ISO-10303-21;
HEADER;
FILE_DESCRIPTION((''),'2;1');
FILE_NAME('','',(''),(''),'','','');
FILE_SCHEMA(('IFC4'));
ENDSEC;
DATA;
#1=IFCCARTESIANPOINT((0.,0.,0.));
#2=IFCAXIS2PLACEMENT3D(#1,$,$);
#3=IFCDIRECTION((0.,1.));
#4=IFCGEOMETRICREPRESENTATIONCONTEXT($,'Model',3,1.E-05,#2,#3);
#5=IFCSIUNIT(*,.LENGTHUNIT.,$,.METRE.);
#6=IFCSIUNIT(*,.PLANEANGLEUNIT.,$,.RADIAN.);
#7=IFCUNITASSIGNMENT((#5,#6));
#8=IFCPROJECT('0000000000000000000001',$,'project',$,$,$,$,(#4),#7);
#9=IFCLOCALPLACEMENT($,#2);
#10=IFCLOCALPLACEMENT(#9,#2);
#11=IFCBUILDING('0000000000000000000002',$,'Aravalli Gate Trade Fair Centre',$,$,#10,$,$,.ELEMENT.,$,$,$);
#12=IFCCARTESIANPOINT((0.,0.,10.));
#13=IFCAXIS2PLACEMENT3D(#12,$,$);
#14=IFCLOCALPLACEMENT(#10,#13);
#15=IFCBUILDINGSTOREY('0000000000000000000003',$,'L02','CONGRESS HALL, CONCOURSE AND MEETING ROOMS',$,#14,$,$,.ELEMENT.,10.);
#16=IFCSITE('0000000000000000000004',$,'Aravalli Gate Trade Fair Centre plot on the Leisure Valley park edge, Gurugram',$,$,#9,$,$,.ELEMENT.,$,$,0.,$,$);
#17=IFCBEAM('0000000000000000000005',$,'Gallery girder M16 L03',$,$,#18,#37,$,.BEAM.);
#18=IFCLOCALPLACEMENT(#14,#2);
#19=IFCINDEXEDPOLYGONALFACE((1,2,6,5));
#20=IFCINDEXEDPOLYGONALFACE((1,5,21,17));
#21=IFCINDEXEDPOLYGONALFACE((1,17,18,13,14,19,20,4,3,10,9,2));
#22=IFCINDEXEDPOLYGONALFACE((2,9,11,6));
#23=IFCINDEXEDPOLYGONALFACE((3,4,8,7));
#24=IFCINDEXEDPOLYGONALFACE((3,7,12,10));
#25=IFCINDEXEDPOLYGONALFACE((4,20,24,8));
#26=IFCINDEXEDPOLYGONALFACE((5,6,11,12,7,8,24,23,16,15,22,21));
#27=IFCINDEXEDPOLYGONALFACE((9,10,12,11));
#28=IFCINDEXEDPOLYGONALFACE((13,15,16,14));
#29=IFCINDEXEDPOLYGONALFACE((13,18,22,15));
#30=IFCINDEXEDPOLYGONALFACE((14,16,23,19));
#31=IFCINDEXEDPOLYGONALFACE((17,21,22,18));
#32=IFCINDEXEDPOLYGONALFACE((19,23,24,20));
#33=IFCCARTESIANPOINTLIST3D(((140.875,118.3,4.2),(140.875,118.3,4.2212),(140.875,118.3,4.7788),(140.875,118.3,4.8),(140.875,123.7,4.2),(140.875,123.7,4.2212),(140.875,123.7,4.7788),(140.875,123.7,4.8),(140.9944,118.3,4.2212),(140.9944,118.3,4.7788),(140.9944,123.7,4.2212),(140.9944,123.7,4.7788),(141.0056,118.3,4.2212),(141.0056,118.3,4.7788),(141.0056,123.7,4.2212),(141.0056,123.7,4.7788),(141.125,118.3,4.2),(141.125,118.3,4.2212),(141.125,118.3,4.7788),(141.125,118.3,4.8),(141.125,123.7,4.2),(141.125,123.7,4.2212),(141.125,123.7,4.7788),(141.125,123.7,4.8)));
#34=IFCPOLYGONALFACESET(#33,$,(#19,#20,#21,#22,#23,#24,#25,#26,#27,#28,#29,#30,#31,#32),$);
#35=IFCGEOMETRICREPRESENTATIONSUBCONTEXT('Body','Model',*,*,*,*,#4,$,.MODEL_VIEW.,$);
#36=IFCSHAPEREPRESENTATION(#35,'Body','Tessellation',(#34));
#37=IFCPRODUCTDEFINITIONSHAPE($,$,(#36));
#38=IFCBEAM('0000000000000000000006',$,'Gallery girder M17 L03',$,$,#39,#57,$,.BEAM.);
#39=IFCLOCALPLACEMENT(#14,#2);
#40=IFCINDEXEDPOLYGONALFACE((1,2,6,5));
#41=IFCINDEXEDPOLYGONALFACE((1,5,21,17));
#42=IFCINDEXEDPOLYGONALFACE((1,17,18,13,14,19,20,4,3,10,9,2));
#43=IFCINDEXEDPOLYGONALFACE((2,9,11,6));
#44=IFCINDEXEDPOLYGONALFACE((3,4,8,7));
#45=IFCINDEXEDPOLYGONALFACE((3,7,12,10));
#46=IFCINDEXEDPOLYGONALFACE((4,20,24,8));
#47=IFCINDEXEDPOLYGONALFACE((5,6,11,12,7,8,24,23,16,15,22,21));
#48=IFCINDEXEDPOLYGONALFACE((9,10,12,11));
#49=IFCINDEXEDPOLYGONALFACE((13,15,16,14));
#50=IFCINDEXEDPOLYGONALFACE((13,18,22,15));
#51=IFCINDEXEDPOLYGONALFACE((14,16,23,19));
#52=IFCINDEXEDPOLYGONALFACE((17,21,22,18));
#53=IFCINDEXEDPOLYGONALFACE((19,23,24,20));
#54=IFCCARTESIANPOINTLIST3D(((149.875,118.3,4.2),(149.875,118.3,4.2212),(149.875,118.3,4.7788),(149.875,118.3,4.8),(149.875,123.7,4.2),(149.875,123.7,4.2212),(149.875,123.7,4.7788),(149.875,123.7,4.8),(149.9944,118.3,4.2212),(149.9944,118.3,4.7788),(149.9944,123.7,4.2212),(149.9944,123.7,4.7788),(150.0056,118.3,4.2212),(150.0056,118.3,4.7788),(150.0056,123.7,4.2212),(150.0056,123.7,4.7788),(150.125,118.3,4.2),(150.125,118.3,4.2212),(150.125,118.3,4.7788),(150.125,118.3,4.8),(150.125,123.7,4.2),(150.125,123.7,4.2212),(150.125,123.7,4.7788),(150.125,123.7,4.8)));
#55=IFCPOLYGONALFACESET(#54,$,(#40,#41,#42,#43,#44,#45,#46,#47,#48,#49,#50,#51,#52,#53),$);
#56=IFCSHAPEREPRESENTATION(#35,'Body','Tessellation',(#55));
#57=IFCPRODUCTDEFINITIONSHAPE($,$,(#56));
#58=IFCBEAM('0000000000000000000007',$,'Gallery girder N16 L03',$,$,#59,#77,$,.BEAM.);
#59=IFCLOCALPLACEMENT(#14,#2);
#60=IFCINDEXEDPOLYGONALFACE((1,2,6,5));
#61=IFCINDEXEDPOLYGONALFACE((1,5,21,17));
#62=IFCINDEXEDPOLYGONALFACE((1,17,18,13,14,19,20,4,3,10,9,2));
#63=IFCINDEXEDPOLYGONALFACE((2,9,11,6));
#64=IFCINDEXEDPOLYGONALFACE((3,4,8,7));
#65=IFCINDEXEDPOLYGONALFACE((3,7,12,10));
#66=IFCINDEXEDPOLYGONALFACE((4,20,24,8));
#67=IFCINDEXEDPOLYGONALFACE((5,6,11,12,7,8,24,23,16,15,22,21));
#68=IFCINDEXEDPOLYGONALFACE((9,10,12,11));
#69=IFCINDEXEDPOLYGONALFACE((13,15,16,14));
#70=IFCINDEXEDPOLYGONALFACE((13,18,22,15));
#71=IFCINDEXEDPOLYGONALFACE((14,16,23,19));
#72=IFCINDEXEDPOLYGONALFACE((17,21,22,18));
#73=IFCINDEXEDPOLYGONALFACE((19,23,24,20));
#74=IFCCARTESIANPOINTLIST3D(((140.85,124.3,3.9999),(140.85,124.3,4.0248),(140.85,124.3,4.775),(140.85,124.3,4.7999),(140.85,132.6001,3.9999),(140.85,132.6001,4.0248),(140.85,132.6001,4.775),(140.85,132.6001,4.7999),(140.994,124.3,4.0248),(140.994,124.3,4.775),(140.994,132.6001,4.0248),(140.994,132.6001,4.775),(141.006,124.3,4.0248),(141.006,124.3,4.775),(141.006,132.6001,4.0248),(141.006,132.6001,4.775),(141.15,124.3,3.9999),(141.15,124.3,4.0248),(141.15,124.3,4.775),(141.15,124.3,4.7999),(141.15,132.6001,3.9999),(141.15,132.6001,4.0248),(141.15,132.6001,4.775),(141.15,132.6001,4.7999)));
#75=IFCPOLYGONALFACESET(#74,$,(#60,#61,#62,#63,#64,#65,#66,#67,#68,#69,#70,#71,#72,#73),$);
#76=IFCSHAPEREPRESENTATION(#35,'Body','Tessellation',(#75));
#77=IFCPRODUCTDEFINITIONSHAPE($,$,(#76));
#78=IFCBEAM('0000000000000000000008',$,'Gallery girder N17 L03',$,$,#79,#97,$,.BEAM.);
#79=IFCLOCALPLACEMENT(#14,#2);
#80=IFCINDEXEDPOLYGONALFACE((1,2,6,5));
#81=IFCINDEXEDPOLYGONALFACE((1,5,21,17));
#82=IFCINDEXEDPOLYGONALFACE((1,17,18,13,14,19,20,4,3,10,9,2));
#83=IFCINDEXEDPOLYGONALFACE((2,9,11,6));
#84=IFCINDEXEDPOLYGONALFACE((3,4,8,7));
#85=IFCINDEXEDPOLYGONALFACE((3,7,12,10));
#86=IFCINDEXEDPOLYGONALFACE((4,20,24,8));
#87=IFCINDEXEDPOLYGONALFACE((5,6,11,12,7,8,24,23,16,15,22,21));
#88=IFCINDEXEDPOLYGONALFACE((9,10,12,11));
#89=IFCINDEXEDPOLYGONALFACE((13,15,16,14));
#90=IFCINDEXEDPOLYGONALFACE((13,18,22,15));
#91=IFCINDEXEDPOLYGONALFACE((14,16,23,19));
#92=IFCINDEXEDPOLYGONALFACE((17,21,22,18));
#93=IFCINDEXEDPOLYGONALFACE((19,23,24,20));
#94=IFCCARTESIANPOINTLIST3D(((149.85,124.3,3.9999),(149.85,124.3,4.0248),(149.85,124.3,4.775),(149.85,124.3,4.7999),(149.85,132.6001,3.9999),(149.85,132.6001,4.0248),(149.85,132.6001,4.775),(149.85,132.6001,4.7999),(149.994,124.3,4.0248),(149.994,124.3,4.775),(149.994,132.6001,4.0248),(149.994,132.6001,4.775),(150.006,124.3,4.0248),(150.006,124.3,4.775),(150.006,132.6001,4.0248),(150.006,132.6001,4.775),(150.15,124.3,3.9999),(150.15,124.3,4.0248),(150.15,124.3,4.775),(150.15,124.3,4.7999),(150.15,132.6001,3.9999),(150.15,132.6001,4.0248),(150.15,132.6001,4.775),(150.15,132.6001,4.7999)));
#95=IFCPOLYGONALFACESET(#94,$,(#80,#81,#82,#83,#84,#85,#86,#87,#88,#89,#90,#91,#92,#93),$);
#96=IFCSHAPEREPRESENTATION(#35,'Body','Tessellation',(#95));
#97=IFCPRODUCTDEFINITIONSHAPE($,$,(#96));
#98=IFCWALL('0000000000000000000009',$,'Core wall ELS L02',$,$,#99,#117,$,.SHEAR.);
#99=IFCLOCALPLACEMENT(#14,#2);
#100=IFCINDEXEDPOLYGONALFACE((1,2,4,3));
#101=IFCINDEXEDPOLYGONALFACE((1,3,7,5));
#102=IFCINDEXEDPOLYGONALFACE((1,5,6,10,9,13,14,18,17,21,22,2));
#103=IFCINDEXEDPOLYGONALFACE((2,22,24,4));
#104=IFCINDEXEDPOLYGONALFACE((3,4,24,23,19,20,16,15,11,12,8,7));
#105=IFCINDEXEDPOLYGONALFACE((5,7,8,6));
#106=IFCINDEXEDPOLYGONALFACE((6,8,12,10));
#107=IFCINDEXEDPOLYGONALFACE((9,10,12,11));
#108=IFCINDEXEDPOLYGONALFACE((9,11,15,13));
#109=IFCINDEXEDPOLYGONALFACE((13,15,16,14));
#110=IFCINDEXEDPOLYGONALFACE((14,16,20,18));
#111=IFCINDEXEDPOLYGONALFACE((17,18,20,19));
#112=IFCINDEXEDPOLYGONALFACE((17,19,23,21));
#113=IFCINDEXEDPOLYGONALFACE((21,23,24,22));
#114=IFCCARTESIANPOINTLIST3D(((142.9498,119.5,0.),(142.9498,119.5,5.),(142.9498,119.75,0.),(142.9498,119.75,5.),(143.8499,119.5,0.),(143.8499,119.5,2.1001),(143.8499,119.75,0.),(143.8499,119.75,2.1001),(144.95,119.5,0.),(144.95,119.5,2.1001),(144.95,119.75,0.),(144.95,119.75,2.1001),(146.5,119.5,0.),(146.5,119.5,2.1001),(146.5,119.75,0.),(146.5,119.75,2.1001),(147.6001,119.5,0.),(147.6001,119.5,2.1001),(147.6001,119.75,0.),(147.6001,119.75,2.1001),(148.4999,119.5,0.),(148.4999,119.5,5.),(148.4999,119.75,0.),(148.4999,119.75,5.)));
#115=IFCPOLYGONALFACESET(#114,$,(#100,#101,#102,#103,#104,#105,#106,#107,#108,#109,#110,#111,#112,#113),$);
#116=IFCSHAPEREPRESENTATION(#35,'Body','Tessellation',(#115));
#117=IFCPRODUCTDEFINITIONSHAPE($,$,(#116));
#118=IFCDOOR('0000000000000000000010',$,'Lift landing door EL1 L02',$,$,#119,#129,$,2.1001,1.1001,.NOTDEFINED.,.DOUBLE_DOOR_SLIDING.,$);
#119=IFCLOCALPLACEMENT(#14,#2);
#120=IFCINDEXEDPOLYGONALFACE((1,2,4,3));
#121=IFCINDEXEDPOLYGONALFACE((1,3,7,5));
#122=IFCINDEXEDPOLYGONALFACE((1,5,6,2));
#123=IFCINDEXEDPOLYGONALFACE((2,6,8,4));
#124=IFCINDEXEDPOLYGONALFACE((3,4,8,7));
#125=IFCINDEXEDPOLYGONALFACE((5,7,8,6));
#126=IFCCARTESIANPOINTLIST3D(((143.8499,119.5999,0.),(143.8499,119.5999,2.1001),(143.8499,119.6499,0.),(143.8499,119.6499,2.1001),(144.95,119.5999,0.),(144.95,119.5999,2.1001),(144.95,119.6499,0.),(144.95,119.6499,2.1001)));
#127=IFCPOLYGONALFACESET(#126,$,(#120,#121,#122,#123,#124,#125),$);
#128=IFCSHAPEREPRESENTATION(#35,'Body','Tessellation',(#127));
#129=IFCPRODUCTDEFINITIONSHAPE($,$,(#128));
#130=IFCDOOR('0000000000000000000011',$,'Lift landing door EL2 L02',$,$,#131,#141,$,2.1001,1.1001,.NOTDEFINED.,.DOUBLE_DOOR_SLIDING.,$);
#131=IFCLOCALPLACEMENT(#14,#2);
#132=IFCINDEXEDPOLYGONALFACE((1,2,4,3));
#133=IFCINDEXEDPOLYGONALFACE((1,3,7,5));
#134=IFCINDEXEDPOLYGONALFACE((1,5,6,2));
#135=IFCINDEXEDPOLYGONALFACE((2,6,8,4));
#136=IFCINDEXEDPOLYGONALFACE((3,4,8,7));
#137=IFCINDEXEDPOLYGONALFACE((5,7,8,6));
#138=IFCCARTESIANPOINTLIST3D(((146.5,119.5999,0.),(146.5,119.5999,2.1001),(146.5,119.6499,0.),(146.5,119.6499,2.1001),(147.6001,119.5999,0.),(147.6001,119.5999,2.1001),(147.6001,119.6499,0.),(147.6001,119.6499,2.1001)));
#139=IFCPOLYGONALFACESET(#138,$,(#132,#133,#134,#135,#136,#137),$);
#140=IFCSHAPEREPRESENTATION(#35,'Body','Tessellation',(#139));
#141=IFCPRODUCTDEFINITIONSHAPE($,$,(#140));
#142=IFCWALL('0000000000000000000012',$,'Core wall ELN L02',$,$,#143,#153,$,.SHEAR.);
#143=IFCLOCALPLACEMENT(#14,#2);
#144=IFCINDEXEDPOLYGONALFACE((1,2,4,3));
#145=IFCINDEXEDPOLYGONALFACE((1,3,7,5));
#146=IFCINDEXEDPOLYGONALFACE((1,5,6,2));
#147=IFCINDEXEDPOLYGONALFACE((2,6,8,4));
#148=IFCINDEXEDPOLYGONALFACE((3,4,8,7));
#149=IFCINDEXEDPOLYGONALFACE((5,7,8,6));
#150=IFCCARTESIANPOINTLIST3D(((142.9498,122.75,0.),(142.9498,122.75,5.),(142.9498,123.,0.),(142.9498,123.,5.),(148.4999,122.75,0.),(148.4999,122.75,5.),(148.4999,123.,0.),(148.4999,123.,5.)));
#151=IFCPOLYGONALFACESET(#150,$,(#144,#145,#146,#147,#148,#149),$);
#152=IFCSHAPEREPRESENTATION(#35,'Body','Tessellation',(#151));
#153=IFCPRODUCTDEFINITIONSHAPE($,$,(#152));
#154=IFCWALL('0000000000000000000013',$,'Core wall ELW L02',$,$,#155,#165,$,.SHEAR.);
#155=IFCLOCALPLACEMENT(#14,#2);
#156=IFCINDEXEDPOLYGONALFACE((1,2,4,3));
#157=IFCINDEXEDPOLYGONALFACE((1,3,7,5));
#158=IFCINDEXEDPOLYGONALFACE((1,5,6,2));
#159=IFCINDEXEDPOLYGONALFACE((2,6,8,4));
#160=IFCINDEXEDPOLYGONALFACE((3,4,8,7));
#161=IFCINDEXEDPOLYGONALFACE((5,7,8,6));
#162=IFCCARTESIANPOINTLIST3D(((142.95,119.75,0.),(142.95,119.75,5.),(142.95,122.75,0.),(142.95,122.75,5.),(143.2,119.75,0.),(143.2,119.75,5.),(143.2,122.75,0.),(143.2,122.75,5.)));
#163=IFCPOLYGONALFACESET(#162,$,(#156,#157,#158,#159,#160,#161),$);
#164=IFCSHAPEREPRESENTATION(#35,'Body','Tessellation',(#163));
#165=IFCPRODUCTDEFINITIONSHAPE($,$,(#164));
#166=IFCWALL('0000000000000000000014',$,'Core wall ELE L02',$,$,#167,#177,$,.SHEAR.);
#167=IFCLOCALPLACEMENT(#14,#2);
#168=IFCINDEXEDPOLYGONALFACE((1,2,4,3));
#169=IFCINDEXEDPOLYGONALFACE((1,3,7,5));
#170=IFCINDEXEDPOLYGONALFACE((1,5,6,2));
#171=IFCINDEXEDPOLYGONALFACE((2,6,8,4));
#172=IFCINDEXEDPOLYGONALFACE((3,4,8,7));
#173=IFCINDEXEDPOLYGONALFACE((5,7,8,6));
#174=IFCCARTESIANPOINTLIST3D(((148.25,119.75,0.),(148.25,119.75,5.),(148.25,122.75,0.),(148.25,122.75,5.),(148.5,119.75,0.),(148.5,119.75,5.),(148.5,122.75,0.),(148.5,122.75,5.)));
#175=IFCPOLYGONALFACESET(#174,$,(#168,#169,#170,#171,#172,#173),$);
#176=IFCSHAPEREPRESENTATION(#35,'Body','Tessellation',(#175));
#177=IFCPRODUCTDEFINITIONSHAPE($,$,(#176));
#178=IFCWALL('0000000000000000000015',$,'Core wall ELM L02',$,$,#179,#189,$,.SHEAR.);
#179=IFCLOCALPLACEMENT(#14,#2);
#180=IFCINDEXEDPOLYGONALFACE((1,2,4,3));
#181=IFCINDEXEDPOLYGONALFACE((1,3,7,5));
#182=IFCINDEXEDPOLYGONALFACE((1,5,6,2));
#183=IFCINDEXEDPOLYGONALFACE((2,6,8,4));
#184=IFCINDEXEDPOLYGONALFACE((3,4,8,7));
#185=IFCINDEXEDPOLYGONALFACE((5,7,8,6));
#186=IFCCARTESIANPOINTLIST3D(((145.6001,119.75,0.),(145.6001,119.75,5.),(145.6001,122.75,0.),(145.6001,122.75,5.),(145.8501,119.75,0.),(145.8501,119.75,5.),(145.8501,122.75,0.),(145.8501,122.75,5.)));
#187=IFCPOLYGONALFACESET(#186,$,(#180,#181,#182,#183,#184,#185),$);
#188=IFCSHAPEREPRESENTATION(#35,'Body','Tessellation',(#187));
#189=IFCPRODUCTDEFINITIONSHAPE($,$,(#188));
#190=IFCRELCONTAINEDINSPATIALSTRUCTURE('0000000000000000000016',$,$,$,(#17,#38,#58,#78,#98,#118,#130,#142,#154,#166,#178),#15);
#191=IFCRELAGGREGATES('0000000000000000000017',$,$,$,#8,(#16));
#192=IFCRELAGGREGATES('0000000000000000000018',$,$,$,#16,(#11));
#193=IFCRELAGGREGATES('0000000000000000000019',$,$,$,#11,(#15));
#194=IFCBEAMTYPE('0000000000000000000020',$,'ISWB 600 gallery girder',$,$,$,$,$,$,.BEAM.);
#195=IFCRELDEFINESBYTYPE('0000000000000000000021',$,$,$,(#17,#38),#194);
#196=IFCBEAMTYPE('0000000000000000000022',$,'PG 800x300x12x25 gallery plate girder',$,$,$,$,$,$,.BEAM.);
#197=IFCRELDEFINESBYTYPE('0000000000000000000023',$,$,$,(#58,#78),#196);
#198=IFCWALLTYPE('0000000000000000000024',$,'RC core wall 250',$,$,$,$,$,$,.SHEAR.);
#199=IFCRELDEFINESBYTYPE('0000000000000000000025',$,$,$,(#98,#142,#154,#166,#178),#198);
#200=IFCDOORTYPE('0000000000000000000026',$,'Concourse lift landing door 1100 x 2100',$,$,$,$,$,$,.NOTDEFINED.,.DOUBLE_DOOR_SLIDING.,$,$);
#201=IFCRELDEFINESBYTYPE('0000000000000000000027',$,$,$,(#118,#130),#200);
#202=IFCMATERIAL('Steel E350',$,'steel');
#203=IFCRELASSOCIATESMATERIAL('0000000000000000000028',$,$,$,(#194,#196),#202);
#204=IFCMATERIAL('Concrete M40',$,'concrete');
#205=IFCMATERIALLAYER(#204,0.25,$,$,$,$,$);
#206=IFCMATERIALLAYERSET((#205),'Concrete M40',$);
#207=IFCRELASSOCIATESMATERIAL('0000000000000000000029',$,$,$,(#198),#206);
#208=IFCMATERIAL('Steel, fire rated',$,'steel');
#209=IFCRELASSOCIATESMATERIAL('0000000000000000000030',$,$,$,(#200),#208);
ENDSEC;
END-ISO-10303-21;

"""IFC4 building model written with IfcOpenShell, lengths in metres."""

from ifc_helpers import new_model, si_unit, direction, frame, frame_2d, origin, origin_2d, place, context, subcontext, project, spatial, rectangle, i_section, extrude, material, layer, layer_set, material_profile, profile_set, type_object, element, fill, save


model = new_model("IFC4")

# Units and contexts
model_context = context("Model", 3, precision=1e-05, world=origin(), true_north=direction((0.0, 1.0)))
body_context = subcontext(model_context, "Body", "Model", "MODEL_VIEW")
ifc_project = project(units=[si_unit("LENGTHUNIT", "METRE"), si_unit("PLANEANGLEUNIT", "RADIAN")], contexts=[model_context])

# Site, building, storey
site_placement = place(None, origin())
site = spatial("IfcSite", under=ifc_project, at=site_placement, Name="Aravalli Gate Trade Fair Centre plot on the Leisure Valley park edge, Gurugram", CompositionType="ELEMENT", RefElevation=0.0)
building_placement = place(site_placement, origin())
building = spatial("IfcBuilding", under=site, at=building_placement, Name="Aravalli Gate Trade Fair Centre", CompositionType="ELEMENT")
storey_placement = place(building_placement, frame((0.0, 0.0, 10.0)))
storey = spatial("IfcBuildingStorey", under=building, at=storey_placement, Name="L02", Description="CONGRESS HALL, CONCOURSE AND MEETING ROOMS", CompositionType="ELEMENT", Elevation=10.0)

# Beams
ifc_material_1 = material(Name="Steel E350", Category="steel")
ifc_material_profile_1 = material_profile(ifc_material_1, i_section(OverallWidth=0.25, OverallDepth=0.6001, WebThickness=0.0112, FlangeThickness=0.0212, at=origin_2d()), Name="ISWB 600")
ifc_profile_set_1 = profile_set([ifc_material_profile_1], Name="Steel E350")
beam_type_1 = type_object("IfcBeamType", Name="ISWB 600 gallery girder", PredefinedType="BEAM", material=ifc_profile_set_1)
for number, where, z_axis, x_axis, name in (
    (1, (141.0, 118.3, 4.5), (0.0, 1.0, 0.0), (-1.0, 0.0, 0.0), "Gallery girder M16 L03"),
    (2, (150.0, 118.3, 4.5), (0.0, 1.0, 0.0), (-1.0, 0.0, 0.0), "Gallery girder M17 L03"),
):
    element("IfcBeam", number, at=place(storey_placement, frame(where, z_axis=z_axis, x_axis=x_axis)), inside=storey, type_object=beam_type_1, Name=name, PredefinedType="BEAM", context=body_context, shape_type="SweptSolid", body=[
        extrude(i_section(OverallWidth=0.25, OverallDepth=0.6001, WebThickness=0.0112, FlangeThickness=0.0212, at=origin_2d()), origin(), (0.0, 0.0, 1.0), 5.3999),
    ])
ifc_material_profile_2 = material_profile(ifc_material_1, i_section(OverallWidth=0.3, OverallDepth=0.8, WebThickness=0.012, FlangeThickness=0.0249, at=origin_2d()), Name="PG 800x300x12x25")
ifc_profile_set_2 = profile_set([ifc_material_profile_2], Name="Steel E350")
beam_type_2 = type_object("IfcBeamType", Name="PG 800x300x12x25 gallery plate girder", PredefinedType="BEAM", material=ifc_profile_set_2)
for number, where, z_axis, x_axis, name in (
    (3, (141.0, 124.3, 4.3999), (0.0, 1.0, 0.0), (-1.0, 0.0, 0.0), "Gallery girder N16 L03"),
    (4, (150.0, 124.3, 4.3999), (0.0, 1.0, 0.0), (-1.0, 0.0, 0.0), "Gallery girder N17 L03"),
):
    element("IfcBeam", number, at=place(storey_placement, frame(where, z_axis=z_axis, x_axis=x_axis)), inside=storey, type_object=beam_type_2, Name=name, PredefinedType="BEAM", context=body_context, shape_type="SweptSolid", body=[
        extrude(i_section(OverallWidth=0.3, OverallDepth=0.8, WebThickness=0.012, FlangeThickness=0.0249, at=origin_2d()), origin(), (0.0, 0.0, 1.0), 8.3),
    ])

# Wall, openings, doors
ifc_material_2 = material(Name="Concrete M40", Category="concrete")
ifc_layer_1 = layer(ifc_material_2, 0.25)
ifc_layer_set_1 = layer_set([ifc_layer_1], Name="Concrete M40")
wall_type_1 = type_object("IfcWallType", Name="RC core wall 250", PredefinedType="SHEAR", material=ifc_layer_set_1)
wall_1_placement = place(storey_placement, frame((142.95, 119.625, 0.0), z_axis=(0.0, 0.0, 1.0), x_axis=(1.0, 0.0, 0.0)))
wall_1 = element("IfcWall", 5, at=wall_1_placement, inside=storey, type_object=wall_type_1, Name="Core wall ELS L02", PredefinedType="SHEAR", context=body_context, shape_type="SweptSolid", body=[
    extrude(rectangle(XDim=5.55, YDim=0.25, at=frame_2d((2.7749, 0.0))), origin(), (0.0, 0.0, 1.0), 5.0),
])
opening_1_placement = place(wall_1_placement, frame((0.8999, 0.0, 0.0)))
opening_1 = element("IfcOpeningElement", 6, at=opening_1_placement, cuts=wall_1, PredefinedType="OPENING", context=body_context, shape_type="SweptSolid", body=[
    extrude(rectangle(XDim=1.1001, YDim=2.1001, at=frame_2d((0.55, 1.05))), frame((0.0, 0.135, 0.0), z_axis=(0.0, -1.0, 0.0), x_axis=(1.0, 0.0, 0.0)), (0.0, 0.0, 1.0), 0.27),
])
opening_2_placement = place(wall_1_placement, frame((3.55, 0.0, 0.0)))
opening_2 = element("IfcOpeningElement", 7, at=opening_2_placement, cuts=wall_1, PredefinedType="OPENING", context=body_context, shape_type="SweptSolid", body=[
    extrude(rectangle(XDim=1.1001, YDim=2.1001, at=frame_2d((0.55, 1.05))), frame((0.0, 0.135, 0.0), z_axis=(0.0, -1.0, 0.0), x_axis=(1.0, 0.0, 0.0)), (0.0, 0.0, 1.0), 0.27),
])
ifc_material_3 = material(Name="Steel, fire rated", Category="steel")
door_type_1 = type_object("IfcDoorType", Name="Concourse lift landing door 1100 x 2100", OperationType="DOUBLE_DOOR_SLIDING", PredefinedType="NOTDEFINED", material=ifc_material_3)
door_1_placement = place(opening_1_placement, origin())
door_1 = element("IfcDoor", 8, at=door_1_placement, inside=storey, type_object=door_type_1, Name="Lift landing door EL1 L02", OperationType="DOUBLE_DOOR_SLIDING", OverallHeight=2.1001, OverallWidth=1.1001, PredefinedType="NOTDEFINED", context=body_context, shape_type="SweptSolid", body=[
    extrude(rectangle(XDim=1.1001, YDim=2.1001, at=frame_2d((0.55, 1.05))), frame((0.0, 0.0249, 0.0), z_axis=(0.0, -1.0, 0.0), x_axis=(1.0, 0.0, 0.0)), (0.0, 0.0, 1.0), 0.05),
])
fill(opening_1, door_1)
door_2_placement = place(opening_2_placement, origin())
door_2 = element("IfcDoor", 9, at=door_2_placement, inside=storey, type_object=door_type_1, Name="Lift landing door EL2 L02", OperationType="DOUBLE_DOOR_SLIDING", OverallHeight=2.1001, OverallWidth=1.1001, PredefinedType="NOTDEFINED", context=body_context, shape_type="SweptSolid", body=[
    extrude(rectangle(XDim=1.1001, YDim=2.1001, at=frame_2d((0.55, 1.05))), frame((0.0, 0.0249, 0.0), z_axis=(0.0, -1.0, 0.0), x_axis=(1.0, 0.0, 0.0)), (0.0, 0.0, 1.0), 0.05),
])
fill(opening_2, door_2)

# Walls
wall_2_placement = place(storey_placement, frame((142.95, 122.875, 0.0), z_axis=(0.0, 0.0, 1.0), x_axis=(1.0, 0.0, 0.0)))
element("IfcWall", 10, at=wall_2_placement, inside=storey, type_object=wall_type_1, Name="Core wall ELN L02", PredefinedType="SHEAR", context=body_context, shape_type="SweptSolid", body=[
    extrude(rectangle(XDim=5.55, YDim=0.25, at=frame_2d((2.7749, 0.0))), origin(), (0.0, 0.0, 1.0), 5.0),
])
for number, where, z_axis, x_axis, name in (
    (11, (143.075, 119.75, 0.0), (0.0, 0.0, 1.0), (0.0, 1.0, 0.0), "Core wall ELW L02"),
    (12, (148.375, 119.75, 0.0), (0.0, 0.0, 1.0), (0.0, 1.0, 0.0), "Core wall ELE L02"),
    (13, (145.7251, 119.75, 0.0), (0.0, 0.0, 1.0), (0.0, 1.0, 0.0), "Core wall ELM L02"),
):
    element("IfcWall", number, at=place(storey_placement, frame(where, z_axis=z_axis, x_axis=x_axis)), inside=storey, type_object=wall_type_1, Name=name, PredefinedType="SHEAR", context=body_context, shape_type="SweptSolid", body=[
        extrude(rectangle(XDim=3.0, YDim=0.25, at=frame_2d((1.5, 0.0))), origin(), (0.0, 0.0, 1.0), 5.0),
    ])

save(model, "model.ifc")
